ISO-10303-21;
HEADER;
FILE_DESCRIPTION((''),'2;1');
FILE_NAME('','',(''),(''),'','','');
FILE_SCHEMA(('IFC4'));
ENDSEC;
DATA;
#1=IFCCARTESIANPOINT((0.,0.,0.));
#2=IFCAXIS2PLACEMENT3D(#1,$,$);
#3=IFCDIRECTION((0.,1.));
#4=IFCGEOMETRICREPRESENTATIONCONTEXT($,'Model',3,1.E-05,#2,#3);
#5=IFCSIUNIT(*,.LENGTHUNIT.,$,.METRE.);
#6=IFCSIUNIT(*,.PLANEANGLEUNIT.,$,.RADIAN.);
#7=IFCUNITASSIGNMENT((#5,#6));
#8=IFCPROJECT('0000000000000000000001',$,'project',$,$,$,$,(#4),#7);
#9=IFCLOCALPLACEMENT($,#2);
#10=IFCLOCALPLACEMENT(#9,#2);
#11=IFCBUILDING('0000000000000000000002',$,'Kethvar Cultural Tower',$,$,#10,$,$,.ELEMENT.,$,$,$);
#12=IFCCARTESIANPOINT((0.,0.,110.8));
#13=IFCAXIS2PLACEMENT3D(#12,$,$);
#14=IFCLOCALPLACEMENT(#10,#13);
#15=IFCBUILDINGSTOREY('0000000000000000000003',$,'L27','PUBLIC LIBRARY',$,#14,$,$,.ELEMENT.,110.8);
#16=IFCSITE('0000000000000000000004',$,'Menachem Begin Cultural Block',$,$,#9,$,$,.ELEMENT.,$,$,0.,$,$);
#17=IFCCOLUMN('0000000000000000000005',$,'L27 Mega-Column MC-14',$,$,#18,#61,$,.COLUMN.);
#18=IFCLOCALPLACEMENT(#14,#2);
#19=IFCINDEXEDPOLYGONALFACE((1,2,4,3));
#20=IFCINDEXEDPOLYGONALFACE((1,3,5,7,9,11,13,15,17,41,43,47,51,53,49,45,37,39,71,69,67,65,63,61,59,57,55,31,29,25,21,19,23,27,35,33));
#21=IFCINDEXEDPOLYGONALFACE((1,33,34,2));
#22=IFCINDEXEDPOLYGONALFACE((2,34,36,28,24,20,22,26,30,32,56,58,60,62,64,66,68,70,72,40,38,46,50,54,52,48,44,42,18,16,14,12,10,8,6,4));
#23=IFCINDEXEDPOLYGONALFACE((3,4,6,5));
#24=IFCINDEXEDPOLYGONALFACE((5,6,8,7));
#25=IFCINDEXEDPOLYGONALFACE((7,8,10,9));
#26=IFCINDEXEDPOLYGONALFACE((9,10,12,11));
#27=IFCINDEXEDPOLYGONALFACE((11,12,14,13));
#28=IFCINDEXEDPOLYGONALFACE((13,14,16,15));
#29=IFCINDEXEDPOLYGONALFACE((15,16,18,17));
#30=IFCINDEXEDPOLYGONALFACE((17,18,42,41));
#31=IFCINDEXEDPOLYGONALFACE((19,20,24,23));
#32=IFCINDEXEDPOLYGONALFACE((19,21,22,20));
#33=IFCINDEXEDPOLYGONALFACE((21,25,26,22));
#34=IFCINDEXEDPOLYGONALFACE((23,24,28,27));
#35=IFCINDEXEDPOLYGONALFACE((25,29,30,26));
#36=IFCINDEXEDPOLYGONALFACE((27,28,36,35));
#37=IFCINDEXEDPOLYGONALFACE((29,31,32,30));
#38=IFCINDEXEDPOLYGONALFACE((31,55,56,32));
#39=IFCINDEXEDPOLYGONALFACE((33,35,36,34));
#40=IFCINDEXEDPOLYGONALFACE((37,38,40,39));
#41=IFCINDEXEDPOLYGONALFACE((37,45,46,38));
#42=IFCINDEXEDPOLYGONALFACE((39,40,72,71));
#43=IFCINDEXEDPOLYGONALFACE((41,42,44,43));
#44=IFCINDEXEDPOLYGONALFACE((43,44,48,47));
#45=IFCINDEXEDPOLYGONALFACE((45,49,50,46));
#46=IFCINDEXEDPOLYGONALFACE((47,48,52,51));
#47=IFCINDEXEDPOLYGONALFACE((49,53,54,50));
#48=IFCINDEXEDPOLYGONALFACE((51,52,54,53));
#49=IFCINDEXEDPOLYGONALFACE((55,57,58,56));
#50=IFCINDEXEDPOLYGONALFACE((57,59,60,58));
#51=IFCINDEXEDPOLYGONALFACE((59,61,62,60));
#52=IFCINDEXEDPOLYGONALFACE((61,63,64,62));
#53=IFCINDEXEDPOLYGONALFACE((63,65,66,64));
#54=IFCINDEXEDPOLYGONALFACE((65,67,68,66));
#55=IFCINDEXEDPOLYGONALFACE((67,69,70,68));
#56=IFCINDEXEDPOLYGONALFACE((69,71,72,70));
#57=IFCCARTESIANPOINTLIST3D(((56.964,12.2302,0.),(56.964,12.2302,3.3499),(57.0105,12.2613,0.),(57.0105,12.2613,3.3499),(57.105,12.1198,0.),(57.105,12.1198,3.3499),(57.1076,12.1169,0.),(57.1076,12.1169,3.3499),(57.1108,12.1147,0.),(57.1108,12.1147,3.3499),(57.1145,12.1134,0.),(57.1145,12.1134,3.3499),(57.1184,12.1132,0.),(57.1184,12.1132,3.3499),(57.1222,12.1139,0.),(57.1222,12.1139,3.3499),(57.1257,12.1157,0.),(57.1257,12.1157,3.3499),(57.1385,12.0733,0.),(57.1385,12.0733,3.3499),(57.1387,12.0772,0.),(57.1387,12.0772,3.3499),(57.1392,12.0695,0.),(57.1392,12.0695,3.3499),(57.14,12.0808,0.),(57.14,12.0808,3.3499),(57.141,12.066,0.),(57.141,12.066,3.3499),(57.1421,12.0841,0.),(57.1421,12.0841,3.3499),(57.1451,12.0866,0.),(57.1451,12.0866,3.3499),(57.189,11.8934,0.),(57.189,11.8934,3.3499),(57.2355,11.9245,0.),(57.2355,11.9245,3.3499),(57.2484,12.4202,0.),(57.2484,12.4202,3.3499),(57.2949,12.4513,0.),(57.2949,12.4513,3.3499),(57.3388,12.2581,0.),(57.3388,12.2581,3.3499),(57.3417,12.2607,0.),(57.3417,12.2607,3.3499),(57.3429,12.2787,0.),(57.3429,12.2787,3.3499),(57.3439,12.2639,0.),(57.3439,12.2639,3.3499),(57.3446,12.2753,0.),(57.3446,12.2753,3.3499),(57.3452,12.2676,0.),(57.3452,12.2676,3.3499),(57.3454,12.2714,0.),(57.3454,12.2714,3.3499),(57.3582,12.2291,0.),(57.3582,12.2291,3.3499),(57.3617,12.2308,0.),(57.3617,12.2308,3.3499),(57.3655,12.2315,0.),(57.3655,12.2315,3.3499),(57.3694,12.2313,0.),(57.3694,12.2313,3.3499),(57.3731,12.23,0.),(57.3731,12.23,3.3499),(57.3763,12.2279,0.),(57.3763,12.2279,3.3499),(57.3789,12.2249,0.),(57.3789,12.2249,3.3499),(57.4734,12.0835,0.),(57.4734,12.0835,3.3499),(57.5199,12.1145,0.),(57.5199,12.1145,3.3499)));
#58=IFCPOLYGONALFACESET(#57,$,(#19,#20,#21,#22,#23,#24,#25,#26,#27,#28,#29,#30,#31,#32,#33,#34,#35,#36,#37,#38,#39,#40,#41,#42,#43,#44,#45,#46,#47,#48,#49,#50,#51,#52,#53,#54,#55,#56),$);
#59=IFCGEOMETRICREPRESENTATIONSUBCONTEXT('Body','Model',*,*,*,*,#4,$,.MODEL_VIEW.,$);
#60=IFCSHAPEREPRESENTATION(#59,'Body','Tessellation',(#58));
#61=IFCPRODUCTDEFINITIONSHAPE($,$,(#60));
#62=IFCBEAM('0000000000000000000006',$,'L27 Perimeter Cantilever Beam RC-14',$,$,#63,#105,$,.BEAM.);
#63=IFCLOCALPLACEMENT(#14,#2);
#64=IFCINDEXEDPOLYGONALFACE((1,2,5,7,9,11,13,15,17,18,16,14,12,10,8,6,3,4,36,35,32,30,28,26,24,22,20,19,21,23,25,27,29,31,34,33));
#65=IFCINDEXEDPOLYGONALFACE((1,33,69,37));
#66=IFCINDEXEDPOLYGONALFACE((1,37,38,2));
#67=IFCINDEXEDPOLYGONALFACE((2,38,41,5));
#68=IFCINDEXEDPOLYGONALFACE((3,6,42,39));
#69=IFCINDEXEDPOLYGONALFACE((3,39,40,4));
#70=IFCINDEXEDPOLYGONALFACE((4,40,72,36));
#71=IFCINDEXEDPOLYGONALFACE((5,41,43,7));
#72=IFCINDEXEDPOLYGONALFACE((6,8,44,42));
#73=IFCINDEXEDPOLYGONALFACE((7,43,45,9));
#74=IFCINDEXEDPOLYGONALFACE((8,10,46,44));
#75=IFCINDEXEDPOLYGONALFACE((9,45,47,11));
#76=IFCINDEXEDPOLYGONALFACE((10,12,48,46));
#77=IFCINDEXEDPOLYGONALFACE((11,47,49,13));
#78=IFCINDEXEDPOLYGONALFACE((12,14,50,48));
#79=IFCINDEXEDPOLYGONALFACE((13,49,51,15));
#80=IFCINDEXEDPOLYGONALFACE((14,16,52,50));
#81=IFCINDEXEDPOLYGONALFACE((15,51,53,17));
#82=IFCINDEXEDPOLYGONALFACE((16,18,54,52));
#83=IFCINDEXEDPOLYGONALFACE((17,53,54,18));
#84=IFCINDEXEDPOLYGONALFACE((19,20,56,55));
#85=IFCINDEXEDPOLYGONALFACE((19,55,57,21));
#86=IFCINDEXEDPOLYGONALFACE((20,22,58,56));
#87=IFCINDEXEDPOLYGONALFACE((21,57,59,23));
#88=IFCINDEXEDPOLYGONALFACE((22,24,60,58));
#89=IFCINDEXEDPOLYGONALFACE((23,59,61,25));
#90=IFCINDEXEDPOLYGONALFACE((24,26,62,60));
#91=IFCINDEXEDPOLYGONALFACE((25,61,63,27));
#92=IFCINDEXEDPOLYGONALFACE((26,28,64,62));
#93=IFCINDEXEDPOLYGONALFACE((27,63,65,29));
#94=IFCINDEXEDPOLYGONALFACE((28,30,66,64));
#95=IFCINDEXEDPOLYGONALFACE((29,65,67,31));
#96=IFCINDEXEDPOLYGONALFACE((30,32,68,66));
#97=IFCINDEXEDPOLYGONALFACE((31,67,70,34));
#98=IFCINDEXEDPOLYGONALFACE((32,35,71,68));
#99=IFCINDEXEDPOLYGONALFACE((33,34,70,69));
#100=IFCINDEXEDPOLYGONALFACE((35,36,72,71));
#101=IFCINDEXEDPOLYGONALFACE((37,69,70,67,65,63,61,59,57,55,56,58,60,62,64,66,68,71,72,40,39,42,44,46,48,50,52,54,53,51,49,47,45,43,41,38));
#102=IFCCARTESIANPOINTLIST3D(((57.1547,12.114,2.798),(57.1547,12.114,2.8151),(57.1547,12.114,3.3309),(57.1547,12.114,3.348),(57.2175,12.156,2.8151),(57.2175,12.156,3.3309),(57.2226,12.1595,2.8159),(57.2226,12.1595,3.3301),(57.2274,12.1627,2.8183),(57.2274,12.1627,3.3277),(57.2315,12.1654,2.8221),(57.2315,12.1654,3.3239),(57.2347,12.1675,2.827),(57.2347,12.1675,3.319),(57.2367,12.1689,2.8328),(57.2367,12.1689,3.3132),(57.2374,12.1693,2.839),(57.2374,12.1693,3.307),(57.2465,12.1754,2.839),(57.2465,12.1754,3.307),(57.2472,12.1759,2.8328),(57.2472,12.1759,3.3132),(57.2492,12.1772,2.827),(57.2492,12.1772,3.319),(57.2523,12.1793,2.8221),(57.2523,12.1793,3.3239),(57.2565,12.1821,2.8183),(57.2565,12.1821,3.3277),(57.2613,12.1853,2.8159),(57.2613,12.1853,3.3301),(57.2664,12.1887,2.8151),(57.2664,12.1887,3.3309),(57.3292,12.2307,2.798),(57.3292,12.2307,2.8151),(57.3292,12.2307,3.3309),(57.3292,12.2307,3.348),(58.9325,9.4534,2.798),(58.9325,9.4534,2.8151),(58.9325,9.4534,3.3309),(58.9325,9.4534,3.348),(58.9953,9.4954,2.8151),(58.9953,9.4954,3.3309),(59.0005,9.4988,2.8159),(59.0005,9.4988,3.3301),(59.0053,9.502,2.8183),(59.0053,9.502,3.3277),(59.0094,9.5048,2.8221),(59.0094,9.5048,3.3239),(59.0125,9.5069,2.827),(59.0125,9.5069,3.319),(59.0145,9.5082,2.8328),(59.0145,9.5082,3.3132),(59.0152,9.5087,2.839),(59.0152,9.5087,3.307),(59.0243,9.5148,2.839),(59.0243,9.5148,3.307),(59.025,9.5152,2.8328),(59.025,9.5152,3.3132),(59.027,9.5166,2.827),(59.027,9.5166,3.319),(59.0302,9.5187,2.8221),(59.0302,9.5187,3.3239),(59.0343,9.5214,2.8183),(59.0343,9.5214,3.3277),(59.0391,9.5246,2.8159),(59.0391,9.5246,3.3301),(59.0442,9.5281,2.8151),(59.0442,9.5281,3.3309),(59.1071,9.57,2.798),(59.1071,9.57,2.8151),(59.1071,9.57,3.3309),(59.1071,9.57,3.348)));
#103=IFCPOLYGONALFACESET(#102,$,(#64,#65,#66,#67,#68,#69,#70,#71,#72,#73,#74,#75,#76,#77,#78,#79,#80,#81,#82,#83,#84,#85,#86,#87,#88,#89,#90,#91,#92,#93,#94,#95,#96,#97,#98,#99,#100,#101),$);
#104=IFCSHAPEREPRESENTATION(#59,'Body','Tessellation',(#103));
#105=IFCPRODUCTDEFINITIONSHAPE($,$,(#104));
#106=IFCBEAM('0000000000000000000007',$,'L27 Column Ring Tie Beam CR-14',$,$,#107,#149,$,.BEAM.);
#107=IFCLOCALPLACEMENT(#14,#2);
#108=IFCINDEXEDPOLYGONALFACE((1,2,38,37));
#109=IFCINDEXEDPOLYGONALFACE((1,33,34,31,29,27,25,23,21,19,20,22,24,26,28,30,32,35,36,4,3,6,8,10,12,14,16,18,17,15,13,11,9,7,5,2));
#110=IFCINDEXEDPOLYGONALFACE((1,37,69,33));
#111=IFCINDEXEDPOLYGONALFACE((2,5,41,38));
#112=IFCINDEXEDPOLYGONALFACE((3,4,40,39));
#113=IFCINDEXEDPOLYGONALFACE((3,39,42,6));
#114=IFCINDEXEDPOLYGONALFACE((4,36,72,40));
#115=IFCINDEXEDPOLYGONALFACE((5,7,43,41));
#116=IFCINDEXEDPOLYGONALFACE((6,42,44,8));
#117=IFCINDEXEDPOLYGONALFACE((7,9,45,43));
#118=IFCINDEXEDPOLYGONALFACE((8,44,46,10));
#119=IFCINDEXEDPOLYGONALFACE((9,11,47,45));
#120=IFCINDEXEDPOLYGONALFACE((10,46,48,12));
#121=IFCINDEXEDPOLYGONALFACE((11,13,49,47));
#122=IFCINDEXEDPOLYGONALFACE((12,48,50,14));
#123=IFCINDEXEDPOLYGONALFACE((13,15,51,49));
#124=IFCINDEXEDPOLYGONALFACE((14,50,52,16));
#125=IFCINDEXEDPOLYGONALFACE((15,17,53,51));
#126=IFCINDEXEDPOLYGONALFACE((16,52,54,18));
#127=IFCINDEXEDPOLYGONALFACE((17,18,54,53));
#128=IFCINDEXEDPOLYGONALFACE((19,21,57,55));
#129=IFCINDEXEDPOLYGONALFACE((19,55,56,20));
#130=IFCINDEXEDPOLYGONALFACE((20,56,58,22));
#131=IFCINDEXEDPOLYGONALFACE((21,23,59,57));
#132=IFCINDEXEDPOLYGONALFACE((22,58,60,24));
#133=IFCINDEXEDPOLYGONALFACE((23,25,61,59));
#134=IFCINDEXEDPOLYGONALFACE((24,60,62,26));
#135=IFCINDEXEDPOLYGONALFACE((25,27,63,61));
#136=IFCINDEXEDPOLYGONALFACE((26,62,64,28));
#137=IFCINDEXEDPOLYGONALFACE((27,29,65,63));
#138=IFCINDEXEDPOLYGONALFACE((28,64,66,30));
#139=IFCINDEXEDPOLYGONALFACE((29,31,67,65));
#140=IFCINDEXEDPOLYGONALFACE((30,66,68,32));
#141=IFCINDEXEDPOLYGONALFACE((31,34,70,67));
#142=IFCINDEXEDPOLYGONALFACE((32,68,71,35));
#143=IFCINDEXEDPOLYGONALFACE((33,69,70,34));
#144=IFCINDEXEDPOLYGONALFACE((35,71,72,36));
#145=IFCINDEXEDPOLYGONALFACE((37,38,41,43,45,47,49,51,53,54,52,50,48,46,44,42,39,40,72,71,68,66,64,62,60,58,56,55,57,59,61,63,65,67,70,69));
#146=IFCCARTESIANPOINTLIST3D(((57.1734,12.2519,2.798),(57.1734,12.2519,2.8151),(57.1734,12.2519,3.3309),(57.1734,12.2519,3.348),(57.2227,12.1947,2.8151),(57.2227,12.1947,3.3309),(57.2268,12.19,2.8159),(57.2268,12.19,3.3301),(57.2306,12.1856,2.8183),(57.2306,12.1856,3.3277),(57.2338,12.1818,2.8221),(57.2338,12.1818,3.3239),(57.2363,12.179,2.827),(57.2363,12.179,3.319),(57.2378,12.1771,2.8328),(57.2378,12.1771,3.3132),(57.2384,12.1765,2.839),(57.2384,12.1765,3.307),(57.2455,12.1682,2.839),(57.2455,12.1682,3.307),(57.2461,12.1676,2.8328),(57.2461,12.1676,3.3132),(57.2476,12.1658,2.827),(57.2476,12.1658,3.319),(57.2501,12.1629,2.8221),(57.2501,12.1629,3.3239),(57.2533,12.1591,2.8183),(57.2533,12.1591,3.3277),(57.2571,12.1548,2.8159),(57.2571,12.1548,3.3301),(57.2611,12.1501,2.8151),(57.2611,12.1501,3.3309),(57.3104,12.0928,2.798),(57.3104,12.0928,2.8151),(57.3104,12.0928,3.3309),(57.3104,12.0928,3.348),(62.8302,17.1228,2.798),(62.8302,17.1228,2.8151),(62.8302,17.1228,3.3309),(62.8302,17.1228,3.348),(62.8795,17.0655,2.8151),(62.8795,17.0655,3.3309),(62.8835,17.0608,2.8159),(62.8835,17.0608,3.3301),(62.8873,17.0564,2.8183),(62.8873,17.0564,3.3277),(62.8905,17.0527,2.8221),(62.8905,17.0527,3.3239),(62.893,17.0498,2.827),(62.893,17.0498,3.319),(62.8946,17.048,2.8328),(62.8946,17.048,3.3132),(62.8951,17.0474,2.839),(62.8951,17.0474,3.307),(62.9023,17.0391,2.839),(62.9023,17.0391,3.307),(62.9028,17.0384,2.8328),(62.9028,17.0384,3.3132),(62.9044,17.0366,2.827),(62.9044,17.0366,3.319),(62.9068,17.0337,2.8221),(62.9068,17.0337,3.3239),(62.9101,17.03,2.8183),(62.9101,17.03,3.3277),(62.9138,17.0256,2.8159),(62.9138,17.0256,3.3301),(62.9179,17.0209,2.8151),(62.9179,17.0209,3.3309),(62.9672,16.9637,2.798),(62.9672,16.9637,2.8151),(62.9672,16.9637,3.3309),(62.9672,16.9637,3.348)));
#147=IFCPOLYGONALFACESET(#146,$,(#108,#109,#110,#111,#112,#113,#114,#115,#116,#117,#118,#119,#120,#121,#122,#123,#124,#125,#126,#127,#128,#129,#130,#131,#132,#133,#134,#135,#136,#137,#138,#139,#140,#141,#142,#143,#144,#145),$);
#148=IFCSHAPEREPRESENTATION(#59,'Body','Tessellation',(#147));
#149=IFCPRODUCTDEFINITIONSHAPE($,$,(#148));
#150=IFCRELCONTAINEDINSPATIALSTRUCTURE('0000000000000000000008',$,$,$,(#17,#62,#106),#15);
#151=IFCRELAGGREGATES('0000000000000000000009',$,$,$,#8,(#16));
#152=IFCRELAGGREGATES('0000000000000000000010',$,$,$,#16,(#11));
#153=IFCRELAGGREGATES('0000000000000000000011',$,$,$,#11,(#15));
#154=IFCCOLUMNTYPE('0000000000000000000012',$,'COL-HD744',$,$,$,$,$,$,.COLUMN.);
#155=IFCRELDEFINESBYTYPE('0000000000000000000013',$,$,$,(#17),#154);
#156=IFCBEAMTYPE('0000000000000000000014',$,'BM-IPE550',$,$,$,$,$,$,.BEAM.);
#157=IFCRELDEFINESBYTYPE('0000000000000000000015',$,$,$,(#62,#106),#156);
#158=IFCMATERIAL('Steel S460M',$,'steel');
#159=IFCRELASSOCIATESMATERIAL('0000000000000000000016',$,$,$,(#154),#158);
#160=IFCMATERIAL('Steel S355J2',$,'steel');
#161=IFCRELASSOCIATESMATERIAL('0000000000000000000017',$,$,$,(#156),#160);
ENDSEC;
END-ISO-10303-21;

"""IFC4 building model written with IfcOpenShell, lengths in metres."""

from ifc_helpers import new_model, si_unit, direction, frame, origin, origin_2d, place, context, subcontext, project, spatial, i_section, extrude, source, transform, mapped, material, material_profile, profile_set, type_object, element, save


model = new_model("IFC4")

# Units and contexts
model_context = context("Model", 3, precision=1e-05, world=origin(), true_north=direction((0.0, 1.0)))
body_context = subcontext(model_context, "Body", "Model", "MODEL_VIEW")
ifc_project = project(units=[si_unit("LENGTHUNIT", "METRE"), si_unit("PLANEANGLEUNIT", "RADIAN")], contexts=[model_context])

# Site, building, storey
site_placement = place(None, origin())
site = spatial("IfcSite", under=ifc_project, at=site_placement, Name="Menachem Begin Cultural Block", CompositionType="ELEMENT", RefElevation=0.0)
building_placement = place(site_placement, origin())
building = spatial("IfcBuilding", under=site, at=building_placement, Name="Kethvar Cultural Tower", CompositionType="ELEMENT")
storey_placement = place(building_placement, frame((0.0, 0.0, 110.8)))
storey = spatial("IfcBuildingStorey", under=building, at=storey_placement, Name="L27", Description="PUBLIC LIBRARY", CompositionType="ELEMENT", Elevation=110.8)

# Column
ifc_material_1 = material(Name="Steel S460M", Category="steel")
ifc_material_profile_1 = material_profile(ifc_material_1, i_section(OverallWidth=0.405, OverallDepth=0.3979, WebThickness=0.0349, FlangeThickness=0.0559, FilletRadius=0.0149, at=origin_2d()), Name="Steel S460M — HD400x744")
ifc_profile_set_1 = profile_set([ifc_material_profile_1], Name="Steel S460M — HD400x744")
column_type = type_object("IfcColumnType", Name="COL-HD744", PredefinedType="COLUMN", material=ifc_profile_set_1)
shared_shape_1 = source(origin(), body_context, "Body", "SweptSolid", [
    extrude(i_section(OverallWidth=0.405, OverallDepth=0.3979, WebThickness=0.0349, FlangeThickness=0.0559, FilletRadius=0.0149, at=origin_2d()), origin(), (0.0, 0.0, 1.0), 3.3499),
])
column_placement = place(storey_placement, frame((57.2419, 12.1724, 0.0), z_axis=(0.0, 0.0, 1.0), x_axis=(0.55557, -0.83147, 0.0)))
element("IfcColumn", 1, at=column_placement, inside=storey, type_object=column_type, Name="L27 Mega-Column MC-14", PredefinedType="COLUMN", context=body_context, shape_type="MappedRepresentation", body=[
    mapped(shared_shape_1, transform((0.0, 0.0, 0.0), scale=1.0)),
])

# Beams
ifc_material_2 = material(Name="Steel S355J2", Category="steel")
ifc_material_profile_2 = material_profile(ifc_material_2, i_section(OverallWidth=0.21, OverallDepth=0.55, WebThickness=0.011, FlangeThickness=0.0171, FilletRadius=0.0239, at=origin_2d()), Name="Steel S355J2 — IPE550")
ifc_profile_set_2 = profile_set([ifc_material_profile_2], Name="Steel S355J2 — IPE550")
beam_type_1 = type_object("IfcBeamType", Name="BM-IPE550", PredefinedType="BEAM", material=ifc_profile_set_2)
shared_shape_2 = source(origin(), body_context, "Body", "SweptSolid", [
    extrude(i_section(OverallWidth=0.21, OverallDepth=0.55, WebThickness=0.011, FlangeThickness=0.0171, FilletRadius=0.0239, at=origin_2d()), origin(), (0.0, 0.0, 1.0), 3.2),
])
beam_1_placement = place(storey_placement, frame((57.2419, 12.1724, 3.073), z_axis=(0.55558, -0.831463, 0.0), x_axis=(0.831463, 0.55558, 0.0)))
element("IfcBeam", 2, at=beam_1_placement, inside=storey, type_object=beam_type_1, Name="L27 Perimeter Cantilever Beam RC-14", PredefinedType="BEAM", context=body_context, shape_type="MappedRepresentation", body=[
    mapped(shared_shape_2, transform((0.0, 0.0, 0.0), scale=1.0)),
])
shared_shape_3 = source(origin(), body_context, "Body", "SweptSolid", [
    extrude(i_section(OverallWidth=0.21, OverallDepth=0.55, WebThickness=0.011, FlangeThickness=0.0171, FilletRadius=0.0239, at=origin_2d()), origin(), (0.0, 0.0, 1.0), 7.4648),
])
beam_2_placement = place(storey_placement, frame((57.2419, 12.1724, 3.073), z_axis=(0.757784, 0.652505, 0.0), x_axis=(-0.652505, 0.757784, 0.0)))
element("IfcBeam", 3, at=beam_2_placement, inside=storey, type_object=beam_type_1, Name="L27 Column Ring Tie Beam CR-14", PredefinedType="BEAM", context=body_context, shape_type="MappedRepresentation", body=[
    mapped(shared_shape_3, transform((0.0, 0.0, 0.0), scale=1.0)),
])

save(model, "model.ifc")
